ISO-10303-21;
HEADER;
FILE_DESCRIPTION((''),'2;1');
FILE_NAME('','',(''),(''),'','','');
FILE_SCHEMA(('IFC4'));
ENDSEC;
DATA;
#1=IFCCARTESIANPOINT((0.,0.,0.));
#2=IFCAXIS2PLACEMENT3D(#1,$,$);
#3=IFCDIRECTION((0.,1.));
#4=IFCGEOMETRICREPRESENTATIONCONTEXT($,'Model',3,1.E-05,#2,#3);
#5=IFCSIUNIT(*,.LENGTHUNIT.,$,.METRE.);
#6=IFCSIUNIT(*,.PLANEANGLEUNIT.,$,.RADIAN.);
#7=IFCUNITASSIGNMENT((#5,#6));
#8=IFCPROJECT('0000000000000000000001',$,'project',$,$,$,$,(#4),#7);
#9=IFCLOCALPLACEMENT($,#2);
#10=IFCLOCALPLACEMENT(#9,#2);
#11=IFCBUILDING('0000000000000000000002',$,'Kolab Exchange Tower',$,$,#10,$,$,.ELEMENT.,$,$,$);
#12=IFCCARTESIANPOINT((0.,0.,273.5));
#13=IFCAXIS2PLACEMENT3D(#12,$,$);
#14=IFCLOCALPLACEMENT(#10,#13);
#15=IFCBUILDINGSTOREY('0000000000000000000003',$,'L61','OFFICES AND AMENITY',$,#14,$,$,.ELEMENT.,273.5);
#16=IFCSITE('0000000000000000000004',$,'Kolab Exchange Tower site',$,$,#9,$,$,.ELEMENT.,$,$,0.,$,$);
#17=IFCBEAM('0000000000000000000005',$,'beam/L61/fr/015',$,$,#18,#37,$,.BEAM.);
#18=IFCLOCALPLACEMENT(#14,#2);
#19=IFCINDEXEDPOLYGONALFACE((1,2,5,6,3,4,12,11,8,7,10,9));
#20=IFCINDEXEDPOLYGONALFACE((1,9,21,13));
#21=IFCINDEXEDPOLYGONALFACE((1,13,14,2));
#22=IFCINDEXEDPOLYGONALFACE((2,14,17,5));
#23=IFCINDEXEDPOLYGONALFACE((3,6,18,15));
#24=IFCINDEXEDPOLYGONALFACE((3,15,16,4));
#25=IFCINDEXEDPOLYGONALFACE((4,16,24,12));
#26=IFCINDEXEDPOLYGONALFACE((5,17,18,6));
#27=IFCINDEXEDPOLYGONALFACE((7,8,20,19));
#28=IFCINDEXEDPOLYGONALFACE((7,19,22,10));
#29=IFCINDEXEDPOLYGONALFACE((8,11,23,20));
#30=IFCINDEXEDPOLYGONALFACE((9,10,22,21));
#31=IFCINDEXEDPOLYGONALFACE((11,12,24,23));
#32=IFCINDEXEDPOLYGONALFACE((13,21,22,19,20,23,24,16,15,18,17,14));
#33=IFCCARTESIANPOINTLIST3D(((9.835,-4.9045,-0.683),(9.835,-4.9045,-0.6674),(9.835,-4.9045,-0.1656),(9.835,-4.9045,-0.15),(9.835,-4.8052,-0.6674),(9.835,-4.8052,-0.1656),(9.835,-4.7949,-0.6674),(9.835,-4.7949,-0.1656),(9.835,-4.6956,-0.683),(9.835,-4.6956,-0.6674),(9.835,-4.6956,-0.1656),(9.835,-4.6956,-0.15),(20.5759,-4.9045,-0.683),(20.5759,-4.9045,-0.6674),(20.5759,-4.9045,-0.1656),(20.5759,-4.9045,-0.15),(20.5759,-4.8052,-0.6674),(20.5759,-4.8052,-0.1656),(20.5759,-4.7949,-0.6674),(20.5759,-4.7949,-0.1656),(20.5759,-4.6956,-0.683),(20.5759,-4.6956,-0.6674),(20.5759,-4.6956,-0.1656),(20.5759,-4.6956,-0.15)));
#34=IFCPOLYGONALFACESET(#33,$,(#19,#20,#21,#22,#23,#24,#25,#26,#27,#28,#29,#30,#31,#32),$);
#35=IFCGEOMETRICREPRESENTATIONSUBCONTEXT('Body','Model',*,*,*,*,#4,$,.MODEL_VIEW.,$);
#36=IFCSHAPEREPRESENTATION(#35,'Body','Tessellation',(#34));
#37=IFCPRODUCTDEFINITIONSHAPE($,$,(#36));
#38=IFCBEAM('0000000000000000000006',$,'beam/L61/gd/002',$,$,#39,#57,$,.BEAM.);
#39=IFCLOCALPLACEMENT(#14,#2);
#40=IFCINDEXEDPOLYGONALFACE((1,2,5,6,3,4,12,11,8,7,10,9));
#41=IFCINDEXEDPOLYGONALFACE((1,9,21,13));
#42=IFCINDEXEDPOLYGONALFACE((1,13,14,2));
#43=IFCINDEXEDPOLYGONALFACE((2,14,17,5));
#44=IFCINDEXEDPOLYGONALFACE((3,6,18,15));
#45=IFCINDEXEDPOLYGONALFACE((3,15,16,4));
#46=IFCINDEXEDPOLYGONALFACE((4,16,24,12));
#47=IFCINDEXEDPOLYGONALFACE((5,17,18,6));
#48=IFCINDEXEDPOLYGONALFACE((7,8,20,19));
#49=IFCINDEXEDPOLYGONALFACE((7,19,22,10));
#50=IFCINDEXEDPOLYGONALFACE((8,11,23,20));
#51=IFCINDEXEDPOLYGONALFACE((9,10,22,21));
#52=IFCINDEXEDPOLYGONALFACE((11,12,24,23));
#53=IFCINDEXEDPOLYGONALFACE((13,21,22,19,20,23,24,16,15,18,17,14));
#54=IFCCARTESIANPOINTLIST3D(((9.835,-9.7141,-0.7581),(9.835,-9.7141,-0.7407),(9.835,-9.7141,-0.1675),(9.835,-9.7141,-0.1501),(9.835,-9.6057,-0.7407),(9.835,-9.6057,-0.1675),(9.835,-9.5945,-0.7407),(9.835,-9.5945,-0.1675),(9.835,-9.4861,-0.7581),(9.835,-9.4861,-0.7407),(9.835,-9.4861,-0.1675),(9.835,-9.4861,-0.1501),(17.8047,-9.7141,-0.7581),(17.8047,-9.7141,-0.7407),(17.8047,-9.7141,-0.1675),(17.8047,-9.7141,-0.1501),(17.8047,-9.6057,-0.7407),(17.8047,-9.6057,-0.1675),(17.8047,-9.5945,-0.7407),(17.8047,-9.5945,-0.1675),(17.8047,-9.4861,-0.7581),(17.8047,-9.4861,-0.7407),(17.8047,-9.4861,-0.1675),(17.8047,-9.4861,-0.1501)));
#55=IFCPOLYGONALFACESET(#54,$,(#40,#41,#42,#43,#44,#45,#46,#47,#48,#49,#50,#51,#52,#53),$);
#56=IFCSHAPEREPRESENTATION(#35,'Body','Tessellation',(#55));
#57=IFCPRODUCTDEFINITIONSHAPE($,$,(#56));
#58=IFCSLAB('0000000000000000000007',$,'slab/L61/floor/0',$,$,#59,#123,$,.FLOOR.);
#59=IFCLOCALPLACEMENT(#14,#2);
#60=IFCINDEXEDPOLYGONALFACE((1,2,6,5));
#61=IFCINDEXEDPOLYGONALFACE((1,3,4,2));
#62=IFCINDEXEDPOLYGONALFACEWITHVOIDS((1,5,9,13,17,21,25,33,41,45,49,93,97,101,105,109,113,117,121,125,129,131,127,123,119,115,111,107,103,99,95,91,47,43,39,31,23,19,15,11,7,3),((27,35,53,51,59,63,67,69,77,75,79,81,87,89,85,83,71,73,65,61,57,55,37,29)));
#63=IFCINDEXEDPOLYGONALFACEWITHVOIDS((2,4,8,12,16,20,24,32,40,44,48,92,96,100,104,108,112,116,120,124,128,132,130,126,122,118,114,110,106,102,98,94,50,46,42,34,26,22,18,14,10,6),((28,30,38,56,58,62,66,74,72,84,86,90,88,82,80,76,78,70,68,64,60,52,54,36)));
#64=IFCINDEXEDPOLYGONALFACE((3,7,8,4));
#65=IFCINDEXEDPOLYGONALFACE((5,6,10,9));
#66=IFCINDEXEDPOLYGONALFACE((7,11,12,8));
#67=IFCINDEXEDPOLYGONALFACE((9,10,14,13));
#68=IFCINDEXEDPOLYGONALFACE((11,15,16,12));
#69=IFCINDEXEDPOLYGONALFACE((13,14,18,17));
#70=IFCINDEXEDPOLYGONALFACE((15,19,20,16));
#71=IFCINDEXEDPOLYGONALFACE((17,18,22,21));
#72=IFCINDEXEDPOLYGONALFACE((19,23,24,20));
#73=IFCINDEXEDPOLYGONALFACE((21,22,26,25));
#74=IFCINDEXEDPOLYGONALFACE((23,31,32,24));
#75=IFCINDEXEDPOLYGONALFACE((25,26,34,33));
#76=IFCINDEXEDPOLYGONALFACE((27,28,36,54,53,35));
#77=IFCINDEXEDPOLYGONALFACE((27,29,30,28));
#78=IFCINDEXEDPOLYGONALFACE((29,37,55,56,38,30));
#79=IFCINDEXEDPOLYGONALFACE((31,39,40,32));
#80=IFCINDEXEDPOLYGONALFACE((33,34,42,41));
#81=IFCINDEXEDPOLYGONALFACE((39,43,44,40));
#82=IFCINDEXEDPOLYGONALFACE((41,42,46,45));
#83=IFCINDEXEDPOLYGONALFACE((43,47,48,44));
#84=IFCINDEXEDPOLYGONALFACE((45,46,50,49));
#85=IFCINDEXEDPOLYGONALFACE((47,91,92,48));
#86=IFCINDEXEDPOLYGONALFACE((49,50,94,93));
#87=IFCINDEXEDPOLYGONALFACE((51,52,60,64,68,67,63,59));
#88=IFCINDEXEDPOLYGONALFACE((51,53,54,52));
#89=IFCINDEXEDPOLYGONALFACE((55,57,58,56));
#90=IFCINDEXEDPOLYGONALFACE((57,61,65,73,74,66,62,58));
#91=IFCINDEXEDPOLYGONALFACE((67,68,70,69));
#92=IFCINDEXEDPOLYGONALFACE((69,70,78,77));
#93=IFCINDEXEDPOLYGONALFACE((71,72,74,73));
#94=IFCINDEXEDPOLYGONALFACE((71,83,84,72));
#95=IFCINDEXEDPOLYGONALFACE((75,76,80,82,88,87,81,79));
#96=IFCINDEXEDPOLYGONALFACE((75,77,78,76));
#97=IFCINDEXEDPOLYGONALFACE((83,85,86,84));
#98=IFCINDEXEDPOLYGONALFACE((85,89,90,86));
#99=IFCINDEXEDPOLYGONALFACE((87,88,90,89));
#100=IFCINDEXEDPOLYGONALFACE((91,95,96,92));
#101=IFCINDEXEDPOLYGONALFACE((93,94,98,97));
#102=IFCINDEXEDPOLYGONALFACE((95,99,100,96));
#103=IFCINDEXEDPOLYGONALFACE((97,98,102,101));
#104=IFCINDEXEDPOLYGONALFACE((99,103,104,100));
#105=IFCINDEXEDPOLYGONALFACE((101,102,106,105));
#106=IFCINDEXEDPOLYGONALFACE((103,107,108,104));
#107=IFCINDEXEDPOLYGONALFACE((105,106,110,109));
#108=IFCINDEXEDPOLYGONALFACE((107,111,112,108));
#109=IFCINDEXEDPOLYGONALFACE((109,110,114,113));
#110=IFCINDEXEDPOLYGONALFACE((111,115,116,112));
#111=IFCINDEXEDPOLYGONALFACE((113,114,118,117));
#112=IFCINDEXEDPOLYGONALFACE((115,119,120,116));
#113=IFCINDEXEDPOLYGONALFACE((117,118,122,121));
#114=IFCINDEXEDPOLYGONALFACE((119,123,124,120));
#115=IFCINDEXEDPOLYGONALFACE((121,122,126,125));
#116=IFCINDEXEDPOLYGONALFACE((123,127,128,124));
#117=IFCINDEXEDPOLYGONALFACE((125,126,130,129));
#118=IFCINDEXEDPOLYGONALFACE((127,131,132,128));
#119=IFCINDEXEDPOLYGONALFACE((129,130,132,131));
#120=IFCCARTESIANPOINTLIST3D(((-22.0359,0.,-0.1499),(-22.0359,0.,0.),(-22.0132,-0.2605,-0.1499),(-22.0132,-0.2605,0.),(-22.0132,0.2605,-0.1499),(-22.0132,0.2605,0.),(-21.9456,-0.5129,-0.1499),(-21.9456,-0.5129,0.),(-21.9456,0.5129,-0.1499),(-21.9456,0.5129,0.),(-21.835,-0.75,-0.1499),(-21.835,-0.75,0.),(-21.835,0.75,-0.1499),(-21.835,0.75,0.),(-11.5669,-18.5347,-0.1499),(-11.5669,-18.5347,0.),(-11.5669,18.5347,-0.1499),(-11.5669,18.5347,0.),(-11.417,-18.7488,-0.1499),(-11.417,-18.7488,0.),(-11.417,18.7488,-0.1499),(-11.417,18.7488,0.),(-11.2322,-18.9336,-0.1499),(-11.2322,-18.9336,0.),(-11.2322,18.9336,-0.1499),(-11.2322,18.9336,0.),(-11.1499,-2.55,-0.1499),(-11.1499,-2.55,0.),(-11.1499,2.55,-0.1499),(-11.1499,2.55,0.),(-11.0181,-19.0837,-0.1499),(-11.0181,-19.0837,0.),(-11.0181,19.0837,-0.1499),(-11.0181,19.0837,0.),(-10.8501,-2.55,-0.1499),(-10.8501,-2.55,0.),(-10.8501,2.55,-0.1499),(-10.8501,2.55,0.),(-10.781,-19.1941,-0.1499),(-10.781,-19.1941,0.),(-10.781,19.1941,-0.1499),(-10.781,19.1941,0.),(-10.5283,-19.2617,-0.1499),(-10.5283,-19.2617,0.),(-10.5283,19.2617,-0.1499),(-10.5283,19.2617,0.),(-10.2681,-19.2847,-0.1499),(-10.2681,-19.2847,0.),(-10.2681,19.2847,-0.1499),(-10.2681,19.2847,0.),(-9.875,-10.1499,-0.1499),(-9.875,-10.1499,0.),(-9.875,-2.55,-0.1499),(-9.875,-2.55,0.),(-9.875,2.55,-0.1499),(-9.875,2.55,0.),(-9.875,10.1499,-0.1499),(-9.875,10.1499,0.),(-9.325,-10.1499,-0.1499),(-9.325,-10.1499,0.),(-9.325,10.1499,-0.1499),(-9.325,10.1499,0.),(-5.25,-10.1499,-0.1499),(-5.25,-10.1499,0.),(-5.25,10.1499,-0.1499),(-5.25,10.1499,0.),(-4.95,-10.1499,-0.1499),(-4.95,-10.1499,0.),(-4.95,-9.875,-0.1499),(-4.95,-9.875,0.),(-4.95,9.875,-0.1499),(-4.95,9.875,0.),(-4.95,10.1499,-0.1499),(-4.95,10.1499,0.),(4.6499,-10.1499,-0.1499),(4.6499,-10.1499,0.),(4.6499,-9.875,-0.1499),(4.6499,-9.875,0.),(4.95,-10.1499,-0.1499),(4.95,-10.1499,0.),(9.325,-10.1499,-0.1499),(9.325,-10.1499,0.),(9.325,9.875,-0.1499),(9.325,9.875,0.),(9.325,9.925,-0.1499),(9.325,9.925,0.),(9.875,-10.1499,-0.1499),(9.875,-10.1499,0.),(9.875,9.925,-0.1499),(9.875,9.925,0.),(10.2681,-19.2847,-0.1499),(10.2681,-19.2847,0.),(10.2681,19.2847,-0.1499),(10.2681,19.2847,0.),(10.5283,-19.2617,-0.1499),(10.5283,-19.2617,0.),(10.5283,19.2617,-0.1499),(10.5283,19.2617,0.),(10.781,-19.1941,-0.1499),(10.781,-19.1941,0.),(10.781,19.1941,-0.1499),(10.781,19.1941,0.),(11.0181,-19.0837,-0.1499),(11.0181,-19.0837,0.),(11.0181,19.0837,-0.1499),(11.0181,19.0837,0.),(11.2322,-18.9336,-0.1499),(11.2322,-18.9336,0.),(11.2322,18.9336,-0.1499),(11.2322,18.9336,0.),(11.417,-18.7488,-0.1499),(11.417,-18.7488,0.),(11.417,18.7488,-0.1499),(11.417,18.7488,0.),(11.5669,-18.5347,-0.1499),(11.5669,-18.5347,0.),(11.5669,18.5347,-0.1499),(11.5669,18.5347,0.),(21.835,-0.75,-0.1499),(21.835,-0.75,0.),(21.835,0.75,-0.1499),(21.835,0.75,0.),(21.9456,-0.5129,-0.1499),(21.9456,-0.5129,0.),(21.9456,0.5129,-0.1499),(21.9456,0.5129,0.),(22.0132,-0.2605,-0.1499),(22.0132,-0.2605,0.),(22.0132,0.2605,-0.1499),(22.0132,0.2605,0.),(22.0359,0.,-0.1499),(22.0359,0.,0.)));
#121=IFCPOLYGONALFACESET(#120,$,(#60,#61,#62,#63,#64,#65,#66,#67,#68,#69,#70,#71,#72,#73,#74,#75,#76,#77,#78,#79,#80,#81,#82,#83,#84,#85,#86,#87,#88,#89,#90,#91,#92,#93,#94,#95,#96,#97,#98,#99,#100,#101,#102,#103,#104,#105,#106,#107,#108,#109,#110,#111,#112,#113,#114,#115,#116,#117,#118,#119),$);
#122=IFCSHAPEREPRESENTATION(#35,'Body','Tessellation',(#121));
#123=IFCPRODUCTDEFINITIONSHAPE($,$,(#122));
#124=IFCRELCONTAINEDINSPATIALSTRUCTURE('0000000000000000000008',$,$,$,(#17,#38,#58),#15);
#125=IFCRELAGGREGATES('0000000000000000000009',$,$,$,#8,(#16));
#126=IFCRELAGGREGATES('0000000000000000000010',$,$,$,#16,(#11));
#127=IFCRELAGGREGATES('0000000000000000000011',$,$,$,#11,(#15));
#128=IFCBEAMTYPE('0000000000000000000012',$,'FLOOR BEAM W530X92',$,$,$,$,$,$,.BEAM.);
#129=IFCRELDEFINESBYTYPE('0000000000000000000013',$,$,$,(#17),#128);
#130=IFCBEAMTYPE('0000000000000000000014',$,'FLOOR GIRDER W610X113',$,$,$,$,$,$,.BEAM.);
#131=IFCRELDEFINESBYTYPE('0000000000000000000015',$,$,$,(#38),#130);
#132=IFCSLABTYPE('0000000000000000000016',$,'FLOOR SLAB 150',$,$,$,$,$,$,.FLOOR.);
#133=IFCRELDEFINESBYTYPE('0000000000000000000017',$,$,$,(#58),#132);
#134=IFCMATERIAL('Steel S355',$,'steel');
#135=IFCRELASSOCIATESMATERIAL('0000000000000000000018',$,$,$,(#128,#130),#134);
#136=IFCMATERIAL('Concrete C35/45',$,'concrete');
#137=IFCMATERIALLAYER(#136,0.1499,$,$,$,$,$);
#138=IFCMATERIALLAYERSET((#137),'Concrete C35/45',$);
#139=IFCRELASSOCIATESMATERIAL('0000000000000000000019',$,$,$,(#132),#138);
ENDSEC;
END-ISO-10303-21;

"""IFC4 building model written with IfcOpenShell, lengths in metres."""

from ifc_helpers import new_model, si_unit, direction, frame, origin, origin_2d, place, context, subcontext, project, spatial, polyline, i_section, outline, extrude, material, layer, layer_set, material_profile, profile_set, type_object, element, save


model = new_model("IFC4")

# Units and contexts
model_context = context("Model", 3, precision=1e-05, world=origin(), true_north=direction((0.0, 1.0)))
body_context = subcontext(model_context, "Body", "Model", "MODEL_VIEW")
ifc_project = project(units=[si_unit("LENGTHUNIT", "METRE"), si_unit("PLANEANGLEUNIT", "RADIAN")], contexts=[model_context])

# Site, building, storey
site_placement = place(None, origin())
site = spatial("IfcSite", under=ifc_project, at=site_placement, Name="Kolab Exchange Tower site", CompositionType="ELEMENT", RefElevation=0.0)
building_placement = place(site_placement, origin())
building = spatial("IfcBuilding", under=site, at=building_placement, Name="Kolab Exchange Tower", CompositionType="ELEMENT")
storey_placement = place(building_placement, frame((0.0, 0.0, 273.5)))
storey = spatial("IfcBuildingStorey", under=building, at=storey_placement, Name="L61", Description="OFFICES AND AMENITY", CompositionType="ELEMENT", Elevation=273.5)

# Beams
ifc_material_1 = material(Name="Steel S355", Category="steel")
ifc_material_profile_1 = material_profile(ifc_material_1, i_section(OverallWidth=0.209, OverallDepth=0.533, WebThickness=0.0103, FlangeThickness=0.0156, at=origin_2d()), Name="W530X92")
ifc_profile_set_1 = profile_set([ifc_material_profile_1], Name="Steel S355")
beam_type_1 = type_object("IfcBeamType", Name="FLOOR BEAM W530X92", PredefinedType="BEAM", material=ifc_profile_set_1)
beam_1_placement = place(storey_placement, frame((9.835, -4.8, -0.4165), z_axis=(1.0, 0.0, 0.0), x_axis=(0.0, 1.0, 0.0)))
element("IfcBeam", 1, at=beam_1_placement, inside=storey, type_object=beam_type_1, Name="beam/L61/fr/015", PredefinedType="BEAM", context=body_context, shape_type="SweptSolid", body=[
    extrude(i_section(OverallWidth=0.209, OverallDepth=0.533, WebThickness=0.0103, FlangeThickness=0.0156, at=origin_2d()), origin(), (0.0, 0.0, 1.0), 10.741),
])
ifc_material_profile_2 = material_profile(ifc_material_1, i_section(OverallWidth=0.228, OverallDepth=0.6079, WebThickness=0.0112, FlangeThickness=0.0173, at=origin_2d()), Name="W610X113")
ifc_profile_set_2 = profile_set([ifc_material_profile_2], Name="Steel S355")
beam_type_2 = type_object("IfcBeamType", Name="FLOOR GIRDER W610X113", PredefinedType="BEAM", material=ifc_profile_set_2)
beam_2_placement = place(storey_placement, frame((9.835, -9.6001, -0.4541), z_axis=(1.0, 0.0, 0.0), x_axis=(0.0, 1.0, 0.0)))
element("IfcBeam", 2, at=beam_2_placement, inside=storey, type_object=beam_type_2, Name="beam/L61/gd/002", PredefinedType="BEAM", context=body_context, shape_type="SweptSolid", body=[
    extrude(i_section(OverallWidth=0.228, OverallDepth=0.6079, WebThickness=0.0112, FlangeThickness=0.0173, at=origin_2d()), origin(), (0.0, 0.0, 1.0), 7.9697),
])

# Slab
ifc_material_2 = material(Name="Concrete C35/45", Category="concrete")
ifc_layer_1 = layer(ifc_material_2, 0.1499)
ifc_layer_set_1 = layer_set([ifc_layer_1], Name="Concrete C35/45")
slab_type = type_object("IfcSlabType", Name="FLOOR SLAB 150", PredefinedType="FLOOR", material=ifc_layer_set_1)
slab_1_placement = place(storey_placement, frame((0.0, 0.0, -0.1499)))
element("IfcSlab", 3, at=slab_1_placement, inside=storey, type_object=slab_type, Name="slab/L61/floor/0", PredefinedType="FLOOR", context=body_context, shape_type="SweptSolid", body=[
    extrude(outline(polyline([(11.5669, -18.5347), (21.835, -0.75), (21.9456, -0.5129), (22.0132, -0.2605), (22.0359, 0.0), (22.0132, 0.2605), (21.9456, 0.5129), (21.835, 0.75), (11.5669, 18.5347), (11.417, 18.7488), (11.2322, 18.9336), (11.0181, 19.0837), (10.781, 19.1941), (10.5283, 19.2617), (10.2681, 19.2847), (-10.2681, 19.2847), (-10.5283, 19.2617), (-10.781, 19.1941), (-11.0181, 19.0837), (-11.2322, 18.9336), (-11.417, 18.7488), (-11.5669, 18.5347), (-21.835, 0.75), (-21.9456, 0.5129), (-22.0132, 0.2605), (-22.0359, 0.0), (-22.0132, -0.2605), (-21.9456, -0.5129), (-21.835, -0.75), (-11.5669, -18.5347), (-11.417, -18.7488), (-11.2322, -18.9336), (-11.0181, -19.0837), (-10.781, -19.1941), (-10.5283, -19.2617), (-10.2681, -19.2847), (10.2681, -19.2847), (10.5283, -19.2617), (10.781, -19.1941), (11.0181, -19.0837), (11.2322, -18.9336), (11.417, -18.7488), (11.5669, -18.5347)]), holes=[polyline([(-9.325, -10.1499), (-9.875, -10.1499), (-9.875, -2.55), (-10.8501, -2.55), (-11.1499, -2.55), (-11.1499, 2.55), (-10.8501, 2.55), (-9.875, 2.55), (-9.875, 10.1499), (-9.325, 10.1499), (-5.25, 10.1499), (-4.95, 10.1499), (-4.95, 9.875), (9.325, 9.875), (9.325, 9.925), (9.875, 9.925), (9.875, -10.1499), (9.325, -10.1499), (4.95, -10.1499), (4.6499, -10.1499), (4.6499, -9.875), (-4.95, -9.875), (-4.95, -10.1499), (-5.25, -10.1499), (-9.325, -10.1499)])]), origin(), (0.0, 0.0, 1.0), 0.1499),
])

save(model, "model.ifc")
